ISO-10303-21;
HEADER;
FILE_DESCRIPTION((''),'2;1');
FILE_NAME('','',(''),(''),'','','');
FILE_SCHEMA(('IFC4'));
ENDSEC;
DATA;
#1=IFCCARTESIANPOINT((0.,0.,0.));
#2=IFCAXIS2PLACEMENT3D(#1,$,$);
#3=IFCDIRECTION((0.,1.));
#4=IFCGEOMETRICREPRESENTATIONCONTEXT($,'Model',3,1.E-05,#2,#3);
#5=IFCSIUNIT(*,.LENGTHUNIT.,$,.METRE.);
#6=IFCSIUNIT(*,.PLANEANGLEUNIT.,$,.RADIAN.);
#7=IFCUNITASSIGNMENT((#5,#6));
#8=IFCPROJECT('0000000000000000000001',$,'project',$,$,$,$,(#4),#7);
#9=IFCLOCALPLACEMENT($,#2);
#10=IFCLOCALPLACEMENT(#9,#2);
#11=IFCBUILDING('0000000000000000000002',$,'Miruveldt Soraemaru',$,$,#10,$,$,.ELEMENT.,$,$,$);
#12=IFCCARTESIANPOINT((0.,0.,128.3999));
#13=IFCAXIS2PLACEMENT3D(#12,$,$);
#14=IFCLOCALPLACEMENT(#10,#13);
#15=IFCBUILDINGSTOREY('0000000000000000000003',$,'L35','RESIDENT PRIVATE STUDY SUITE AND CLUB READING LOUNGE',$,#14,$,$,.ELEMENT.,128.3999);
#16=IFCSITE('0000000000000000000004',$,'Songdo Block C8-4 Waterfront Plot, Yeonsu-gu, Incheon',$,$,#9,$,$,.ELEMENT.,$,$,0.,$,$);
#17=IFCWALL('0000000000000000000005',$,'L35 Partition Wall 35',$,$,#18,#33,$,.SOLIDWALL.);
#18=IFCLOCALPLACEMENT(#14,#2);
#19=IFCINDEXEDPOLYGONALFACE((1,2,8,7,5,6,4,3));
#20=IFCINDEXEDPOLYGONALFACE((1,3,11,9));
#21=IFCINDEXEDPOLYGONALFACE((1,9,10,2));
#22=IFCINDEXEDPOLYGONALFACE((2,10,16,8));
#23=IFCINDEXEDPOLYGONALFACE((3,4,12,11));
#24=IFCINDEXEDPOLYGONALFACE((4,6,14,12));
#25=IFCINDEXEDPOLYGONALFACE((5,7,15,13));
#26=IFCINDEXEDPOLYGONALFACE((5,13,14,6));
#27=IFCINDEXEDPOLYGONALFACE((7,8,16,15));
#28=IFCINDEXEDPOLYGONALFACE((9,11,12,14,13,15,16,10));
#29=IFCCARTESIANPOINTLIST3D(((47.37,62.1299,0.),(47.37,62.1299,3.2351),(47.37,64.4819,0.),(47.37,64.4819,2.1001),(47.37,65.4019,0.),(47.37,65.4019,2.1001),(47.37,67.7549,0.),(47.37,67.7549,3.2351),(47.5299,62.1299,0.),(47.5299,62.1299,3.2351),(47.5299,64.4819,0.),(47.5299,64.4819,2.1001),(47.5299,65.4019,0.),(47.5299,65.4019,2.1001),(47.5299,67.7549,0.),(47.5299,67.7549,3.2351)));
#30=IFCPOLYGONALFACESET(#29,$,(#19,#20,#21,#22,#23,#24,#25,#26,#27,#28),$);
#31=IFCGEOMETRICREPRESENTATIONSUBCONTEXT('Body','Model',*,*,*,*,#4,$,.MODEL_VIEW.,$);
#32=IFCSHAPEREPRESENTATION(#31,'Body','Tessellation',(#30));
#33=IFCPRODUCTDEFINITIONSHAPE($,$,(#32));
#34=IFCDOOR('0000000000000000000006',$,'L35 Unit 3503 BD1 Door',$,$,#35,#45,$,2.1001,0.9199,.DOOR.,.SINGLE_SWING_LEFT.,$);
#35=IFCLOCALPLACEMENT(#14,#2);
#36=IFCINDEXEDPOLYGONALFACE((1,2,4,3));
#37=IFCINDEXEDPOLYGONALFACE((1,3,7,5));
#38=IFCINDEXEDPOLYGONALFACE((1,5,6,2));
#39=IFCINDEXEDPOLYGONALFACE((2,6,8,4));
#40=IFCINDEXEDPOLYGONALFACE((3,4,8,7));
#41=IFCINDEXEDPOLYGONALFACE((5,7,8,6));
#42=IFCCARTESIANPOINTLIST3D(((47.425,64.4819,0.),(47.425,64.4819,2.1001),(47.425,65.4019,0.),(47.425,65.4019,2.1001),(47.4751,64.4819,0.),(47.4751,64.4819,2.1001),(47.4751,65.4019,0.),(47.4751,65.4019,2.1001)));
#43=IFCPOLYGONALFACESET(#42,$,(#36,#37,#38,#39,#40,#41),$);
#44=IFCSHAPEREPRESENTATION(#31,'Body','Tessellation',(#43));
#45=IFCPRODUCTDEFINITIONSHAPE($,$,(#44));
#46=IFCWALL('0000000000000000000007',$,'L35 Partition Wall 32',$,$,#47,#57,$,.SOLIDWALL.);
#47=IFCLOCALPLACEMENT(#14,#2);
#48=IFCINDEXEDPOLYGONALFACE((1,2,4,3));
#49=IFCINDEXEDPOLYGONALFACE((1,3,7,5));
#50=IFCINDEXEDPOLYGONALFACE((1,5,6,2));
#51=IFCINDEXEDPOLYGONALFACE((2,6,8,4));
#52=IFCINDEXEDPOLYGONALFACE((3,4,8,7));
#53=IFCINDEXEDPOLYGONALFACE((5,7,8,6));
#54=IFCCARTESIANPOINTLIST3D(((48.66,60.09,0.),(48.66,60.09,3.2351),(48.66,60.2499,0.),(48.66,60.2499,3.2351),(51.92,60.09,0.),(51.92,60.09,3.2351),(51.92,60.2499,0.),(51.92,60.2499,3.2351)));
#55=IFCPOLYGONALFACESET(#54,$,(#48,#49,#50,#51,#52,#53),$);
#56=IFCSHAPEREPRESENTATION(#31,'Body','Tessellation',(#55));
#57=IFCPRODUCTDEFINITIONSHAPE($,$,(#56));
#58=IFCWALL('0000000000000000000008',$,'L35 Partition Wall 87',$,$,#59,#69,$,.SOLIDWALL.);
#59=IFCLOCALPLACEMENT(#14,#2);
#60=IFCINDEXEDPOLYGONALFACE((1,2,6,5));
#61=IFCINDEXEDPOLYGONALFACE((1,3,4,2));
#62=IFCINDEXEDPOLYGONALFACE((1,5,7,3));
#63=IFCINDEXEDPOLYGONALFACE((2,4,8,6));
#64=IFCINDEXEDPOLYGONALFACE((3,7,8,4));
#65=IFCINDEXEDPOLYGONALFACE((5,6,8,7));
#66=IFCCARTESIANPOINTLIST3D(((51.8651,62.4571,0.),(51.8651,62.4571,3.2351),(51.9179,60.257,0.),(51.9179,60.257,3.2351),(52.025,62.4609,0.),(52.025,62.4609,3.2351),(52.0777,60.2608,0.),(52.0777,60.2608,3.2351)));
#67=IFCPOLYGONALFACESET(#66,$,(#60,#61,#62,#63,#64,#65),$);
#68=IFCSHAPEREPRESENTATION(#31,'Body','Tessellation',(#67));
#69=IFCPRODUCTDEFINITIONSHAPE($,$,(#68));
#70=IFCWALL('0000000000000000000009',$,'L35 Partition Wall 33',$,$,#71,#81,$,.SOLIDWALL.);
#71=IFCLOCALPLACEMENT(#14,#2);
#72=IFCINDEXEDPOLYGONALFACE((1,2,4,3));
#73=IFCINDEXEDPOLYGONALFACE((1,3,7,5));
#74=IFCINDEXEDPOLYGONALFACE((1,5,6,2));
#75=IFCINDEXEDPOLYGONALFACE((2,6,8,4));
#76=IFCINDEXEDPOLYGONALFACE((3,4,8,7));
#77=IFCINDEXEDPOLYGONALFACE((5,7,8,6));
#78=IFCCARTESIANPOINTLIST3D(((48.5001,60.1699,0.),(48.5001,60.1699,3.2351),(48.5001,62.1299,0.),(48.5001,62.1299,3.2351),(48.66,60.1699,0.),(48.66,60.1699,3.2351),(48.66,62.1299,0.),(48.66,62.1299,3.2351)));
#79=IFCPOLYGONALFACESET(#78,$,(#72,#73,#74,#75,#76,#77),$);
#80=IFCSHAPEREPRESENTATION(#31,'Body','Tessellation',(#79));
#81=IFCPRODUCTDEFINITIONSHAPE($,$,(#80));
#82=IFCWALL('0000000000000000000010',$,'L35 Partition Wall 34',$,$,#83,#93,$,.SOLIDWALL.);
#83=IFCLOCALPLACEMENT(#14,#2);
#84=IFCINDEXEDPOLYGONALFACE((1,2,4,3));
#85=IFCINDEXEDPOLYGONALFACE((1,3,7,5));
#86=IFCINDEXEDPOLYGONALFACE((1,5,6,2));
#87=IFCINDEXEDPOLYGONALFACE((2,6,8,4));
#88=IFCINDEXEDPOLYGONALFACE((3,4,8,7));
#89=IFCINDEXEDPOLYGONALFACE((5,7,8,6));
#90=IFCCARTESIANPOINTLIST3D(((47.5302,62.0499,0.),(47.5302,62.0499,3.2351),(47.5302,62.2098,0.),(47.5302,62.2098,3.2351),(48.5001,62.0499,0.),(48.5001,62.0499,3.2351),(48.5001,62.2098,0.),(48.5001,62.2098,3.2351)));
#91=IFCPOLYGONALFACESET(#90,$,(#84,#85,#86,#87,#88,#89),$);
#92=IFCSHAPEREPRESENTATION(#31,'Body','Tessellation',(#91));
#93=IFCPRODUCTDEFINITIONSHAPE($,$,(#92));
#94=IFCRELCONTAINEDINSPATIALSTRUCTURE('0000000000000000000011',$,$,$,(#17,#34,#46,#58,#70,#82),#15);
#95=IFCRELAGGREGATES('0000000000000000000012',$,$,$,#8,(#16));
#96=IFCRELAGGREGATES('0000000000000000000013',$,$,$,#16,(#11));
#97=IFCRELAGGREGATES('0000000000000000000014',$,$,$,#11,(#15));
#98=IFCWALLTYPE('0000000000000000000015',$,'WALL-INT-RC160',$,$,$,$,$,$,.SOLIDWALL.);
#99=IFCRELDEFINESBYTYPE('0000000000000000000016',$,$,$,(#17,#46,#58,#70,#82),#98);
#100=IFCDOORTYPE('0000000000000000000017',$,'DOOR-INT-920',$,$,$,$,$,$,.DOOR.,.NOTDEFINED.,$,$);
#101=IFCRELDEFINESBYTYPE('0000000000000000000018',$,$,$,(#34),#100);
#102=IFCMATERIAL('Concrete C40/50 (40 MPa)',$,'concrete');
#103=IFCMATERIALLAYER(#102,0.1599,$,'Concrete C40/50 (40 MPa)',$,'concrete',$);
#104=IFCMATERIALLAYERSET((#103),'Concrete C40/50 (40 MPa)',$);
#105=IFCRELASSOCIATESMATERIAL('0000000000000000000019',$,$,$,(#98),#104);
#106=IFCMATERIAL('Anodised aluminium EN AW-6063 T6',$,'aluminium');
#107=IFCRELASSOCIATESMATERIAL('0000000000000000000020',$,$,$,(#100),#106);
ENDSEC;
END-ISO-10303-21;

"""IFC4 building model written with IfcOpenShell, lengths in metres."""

from ifc_helpers import new_model, si_unit, direction, frame, frame_2d, origin, place, context, subcontext, project, spatial, rectangle, extrude, material, layer, layer_set, type_object, element, fill, save


model = new_model("IFC4")

# Units and contexts
model_context = context("Model", 3, precision=1e-05, world=origin(), true_north=direction((0.0, 1.0)))
body_context = subcontext(model_context, "Body", "Model", "MODEL_VIEW")
ifc_project = project(units=[si_unit("LENGTHUNIT", "METRE"), si_unit("PLANEANGLEUNIT", "RADIAN")], contexts=[model_context])

# Site, building, storey
site_placement = place(None, origin())
site = spatial("IfcSite", under=ifc_project, at=site_placement, Name="Songdo Block C8-4 Waterfront Plot, Yeonsu-gu, Incheon", CompositionType="ELEMENT", RefElevation=0.0)
building_placement = place(site_placement, origin())
building = spatial("IfcBuilding", under=site, at=building_placement, Name="Miruveldt Soraemaru", CompositionType="ELEMENT")
storey_placement = place(building_placement, frame((0.0, 0.0, 128.3999)))
storey = spatial("IfcBuildingStorey", under=building, at=storey_placement, Name="L35", Description="RESIDENT PRIVATE STUDY SUITE AND CLUB READING LOUNGE", CompositionType="ELEMENT", Elevation=128.3999)

# Shared definitions
ifc_material_1 = material(Name="Anodised aluminium EN AW-6063 T6", Category="aluminium")

# Wall, opening, door
ifc_material_2 = material(Name="Concrete C40/50 (40 MPa)", Category="concrete")
ifc_layer_1 = layer(ifc_material_2, 0.1599, Name="Concrete C40/50 (40 MPa)", Category="concrete")
ifc_layer_set_1 = layer_set([ifc_layer_1], Name="Concrete C40/50 (40 MPa)")
wall_type_1 = type_object("IfcWallType", Name="WALL-INT-RC160", PredefinedType="SOLIDWALL", material=ifc_layer_set_1)
wall_1_placement = place(storey_placement, frame((47.45, 62.1299, 0.0), z_axis=(0.0, 0.0, 1.0), x_axis=(0.0, 1.0, 0.0)))
wall_1 = element("IfcWall", 1, at=wall_1_placement, inside=storey, type_object=wall_type_1, Name="L35 Partition Wall 35", PredefinedType="SOLIDWALL", context=body_context, shape_type="SweptSolid", body=[
    extrude(rectangle(XDim=5.625, YDim=0.1599, at=frame_2d((2.8125, 0.0))), origin(), (0.0, 0.0, 1.0), 3.2351),
])
opening_1_placement = place(wall_1_placement, frame((2.3521, 0.0, 0.0)))
opening_1 = element("IfcOpeningElement", 2, at=opening_1_placement, cuts=wall_1, PredefinedType="OPENING", context=body_context, shape_type="SweptSolid", body=[
    extrude(rectangle(XDim=0.9199, YDim=2.1001, at=frame_2d((0.46, 1.05))), frame((0.0, 0.0898, 0.0), z_axis=(0.0, -1.0, 0.0), x_axis=(1.0, 0.0, 0.0)), (0.0, 0.0, 1.0), 0.1799),
])
door_type = type_object("IfcDoorType", Name="DOOR-INT-920", OperationType="NOTDEFINED", PredefinedType="DOOR", material=ifc_material_1)
door_placement = place(opening_1_placement, origin())
door = element("IfcDoor", 3, at=door_placement, inside=storey, type_object=door_type, Name="L35 Unit 3503 BD1 Door", OperationType="SINGLE_SWING_LEFT", OverallHeight=2.1001, OverallWidth=0.9199, PredefinedType="DOOR", context=body_context, shape_type="SweptSolid", body=[
    extrude(rectangle(XDim=0.9199, YDim=2.1001, at=frame_2d((0.46, 1.05))), frame((0.0, 0.0249, 0.0), z_axis=(0.0, -1.0, 0.0), x_axis=(1.0, 0.0, 0.0)), (0.0, 0.0, 1.0), 0.05),
])
fill(opening_1, door)

# Walls
wall_2_placement = place(storey_placement, frame((51.9199, 60.1699, 0.0), z_axis=(0.0, 0.0, 1.0), x_axis=(-1.0, 0.0, 0.0)))
element("IfcWall", 4, at=wall_2_placement, inside=storey, type_object=wall_type_1, Name="L35 Partition Wall 32", PredefinedType="SOLIDWALL", context=body_context, shape_type="SweptSolid", body=[
    extrude(rectangle(XDim=3.26, YDim=0.1599, at=frame_2d((1.6299, 0.0))), origin(), (0.0, 0.0, 1.0), 3.2351),
])
wall_3_placement = place(storey_placement, frame((51.9451, 62.459, 0.0), z_axis=(0.0, 0.0, 1.0), x_axis=(0.023964, -0.999713, 0.0)))
element("IfcWall", 5, at=wall_3_placement, inside=storey, type_object=wall_type_1, Name="L35 Partition Wall 87", PredefinedType="SOLIDWALL", context=body_context, shape_type="SweptSolid", body=[
    extrude(rectangle(XDim=2.2007, YDim=0.1599, at=frame_2d((1.1003, 0.0))), origin(), (0.0, 0.0, 1.0), 3.2351),
])
wall_4_placement = place(storey_placement, frame((48.5801, 60.1699, 0.0), z_axis=(0.0, 0.0, 1.0), x_axis=(0.0, 1.0, 0.0)))
element("IfcWall", 6, at=wall_4_placement, inside=storey, type_object=wall_type_1, Name="L35 Partition Wall 33", PredefinedType="SOLIDWALL", context=body_context, shape_type="SweptSolid", body=[
    extrude(rectangle(XDim=1.96, YDim=0.1599, at=frame_2d((0.98, 0.0))), origin(), (0.0, 0.0, 1.0), 3.2351),
])
wall_5_placement = place(storey_placement, frame((48.5, 62.1299, 0.0), z_axis=(0.0, 0.0, 1.0), x_axis=(-1.0, 0.0, 0.0)))
element("IfcWall", 7, at=wall_5_placement, inside=storey, type_object=wall_type_1, Name="L35 Partition Wall 34", PredefinedType="SOLIDWALL", context=body_context, shape_type="SweptSolid", body=[
    extrude(rectangle(XDim=0.97, YDim=0.1599, at=frame_2d((0.4849, 0.0))), origin(), (0.0, 0.0, 1.0), 3.2351),
])

save(model, "model.ifc")
